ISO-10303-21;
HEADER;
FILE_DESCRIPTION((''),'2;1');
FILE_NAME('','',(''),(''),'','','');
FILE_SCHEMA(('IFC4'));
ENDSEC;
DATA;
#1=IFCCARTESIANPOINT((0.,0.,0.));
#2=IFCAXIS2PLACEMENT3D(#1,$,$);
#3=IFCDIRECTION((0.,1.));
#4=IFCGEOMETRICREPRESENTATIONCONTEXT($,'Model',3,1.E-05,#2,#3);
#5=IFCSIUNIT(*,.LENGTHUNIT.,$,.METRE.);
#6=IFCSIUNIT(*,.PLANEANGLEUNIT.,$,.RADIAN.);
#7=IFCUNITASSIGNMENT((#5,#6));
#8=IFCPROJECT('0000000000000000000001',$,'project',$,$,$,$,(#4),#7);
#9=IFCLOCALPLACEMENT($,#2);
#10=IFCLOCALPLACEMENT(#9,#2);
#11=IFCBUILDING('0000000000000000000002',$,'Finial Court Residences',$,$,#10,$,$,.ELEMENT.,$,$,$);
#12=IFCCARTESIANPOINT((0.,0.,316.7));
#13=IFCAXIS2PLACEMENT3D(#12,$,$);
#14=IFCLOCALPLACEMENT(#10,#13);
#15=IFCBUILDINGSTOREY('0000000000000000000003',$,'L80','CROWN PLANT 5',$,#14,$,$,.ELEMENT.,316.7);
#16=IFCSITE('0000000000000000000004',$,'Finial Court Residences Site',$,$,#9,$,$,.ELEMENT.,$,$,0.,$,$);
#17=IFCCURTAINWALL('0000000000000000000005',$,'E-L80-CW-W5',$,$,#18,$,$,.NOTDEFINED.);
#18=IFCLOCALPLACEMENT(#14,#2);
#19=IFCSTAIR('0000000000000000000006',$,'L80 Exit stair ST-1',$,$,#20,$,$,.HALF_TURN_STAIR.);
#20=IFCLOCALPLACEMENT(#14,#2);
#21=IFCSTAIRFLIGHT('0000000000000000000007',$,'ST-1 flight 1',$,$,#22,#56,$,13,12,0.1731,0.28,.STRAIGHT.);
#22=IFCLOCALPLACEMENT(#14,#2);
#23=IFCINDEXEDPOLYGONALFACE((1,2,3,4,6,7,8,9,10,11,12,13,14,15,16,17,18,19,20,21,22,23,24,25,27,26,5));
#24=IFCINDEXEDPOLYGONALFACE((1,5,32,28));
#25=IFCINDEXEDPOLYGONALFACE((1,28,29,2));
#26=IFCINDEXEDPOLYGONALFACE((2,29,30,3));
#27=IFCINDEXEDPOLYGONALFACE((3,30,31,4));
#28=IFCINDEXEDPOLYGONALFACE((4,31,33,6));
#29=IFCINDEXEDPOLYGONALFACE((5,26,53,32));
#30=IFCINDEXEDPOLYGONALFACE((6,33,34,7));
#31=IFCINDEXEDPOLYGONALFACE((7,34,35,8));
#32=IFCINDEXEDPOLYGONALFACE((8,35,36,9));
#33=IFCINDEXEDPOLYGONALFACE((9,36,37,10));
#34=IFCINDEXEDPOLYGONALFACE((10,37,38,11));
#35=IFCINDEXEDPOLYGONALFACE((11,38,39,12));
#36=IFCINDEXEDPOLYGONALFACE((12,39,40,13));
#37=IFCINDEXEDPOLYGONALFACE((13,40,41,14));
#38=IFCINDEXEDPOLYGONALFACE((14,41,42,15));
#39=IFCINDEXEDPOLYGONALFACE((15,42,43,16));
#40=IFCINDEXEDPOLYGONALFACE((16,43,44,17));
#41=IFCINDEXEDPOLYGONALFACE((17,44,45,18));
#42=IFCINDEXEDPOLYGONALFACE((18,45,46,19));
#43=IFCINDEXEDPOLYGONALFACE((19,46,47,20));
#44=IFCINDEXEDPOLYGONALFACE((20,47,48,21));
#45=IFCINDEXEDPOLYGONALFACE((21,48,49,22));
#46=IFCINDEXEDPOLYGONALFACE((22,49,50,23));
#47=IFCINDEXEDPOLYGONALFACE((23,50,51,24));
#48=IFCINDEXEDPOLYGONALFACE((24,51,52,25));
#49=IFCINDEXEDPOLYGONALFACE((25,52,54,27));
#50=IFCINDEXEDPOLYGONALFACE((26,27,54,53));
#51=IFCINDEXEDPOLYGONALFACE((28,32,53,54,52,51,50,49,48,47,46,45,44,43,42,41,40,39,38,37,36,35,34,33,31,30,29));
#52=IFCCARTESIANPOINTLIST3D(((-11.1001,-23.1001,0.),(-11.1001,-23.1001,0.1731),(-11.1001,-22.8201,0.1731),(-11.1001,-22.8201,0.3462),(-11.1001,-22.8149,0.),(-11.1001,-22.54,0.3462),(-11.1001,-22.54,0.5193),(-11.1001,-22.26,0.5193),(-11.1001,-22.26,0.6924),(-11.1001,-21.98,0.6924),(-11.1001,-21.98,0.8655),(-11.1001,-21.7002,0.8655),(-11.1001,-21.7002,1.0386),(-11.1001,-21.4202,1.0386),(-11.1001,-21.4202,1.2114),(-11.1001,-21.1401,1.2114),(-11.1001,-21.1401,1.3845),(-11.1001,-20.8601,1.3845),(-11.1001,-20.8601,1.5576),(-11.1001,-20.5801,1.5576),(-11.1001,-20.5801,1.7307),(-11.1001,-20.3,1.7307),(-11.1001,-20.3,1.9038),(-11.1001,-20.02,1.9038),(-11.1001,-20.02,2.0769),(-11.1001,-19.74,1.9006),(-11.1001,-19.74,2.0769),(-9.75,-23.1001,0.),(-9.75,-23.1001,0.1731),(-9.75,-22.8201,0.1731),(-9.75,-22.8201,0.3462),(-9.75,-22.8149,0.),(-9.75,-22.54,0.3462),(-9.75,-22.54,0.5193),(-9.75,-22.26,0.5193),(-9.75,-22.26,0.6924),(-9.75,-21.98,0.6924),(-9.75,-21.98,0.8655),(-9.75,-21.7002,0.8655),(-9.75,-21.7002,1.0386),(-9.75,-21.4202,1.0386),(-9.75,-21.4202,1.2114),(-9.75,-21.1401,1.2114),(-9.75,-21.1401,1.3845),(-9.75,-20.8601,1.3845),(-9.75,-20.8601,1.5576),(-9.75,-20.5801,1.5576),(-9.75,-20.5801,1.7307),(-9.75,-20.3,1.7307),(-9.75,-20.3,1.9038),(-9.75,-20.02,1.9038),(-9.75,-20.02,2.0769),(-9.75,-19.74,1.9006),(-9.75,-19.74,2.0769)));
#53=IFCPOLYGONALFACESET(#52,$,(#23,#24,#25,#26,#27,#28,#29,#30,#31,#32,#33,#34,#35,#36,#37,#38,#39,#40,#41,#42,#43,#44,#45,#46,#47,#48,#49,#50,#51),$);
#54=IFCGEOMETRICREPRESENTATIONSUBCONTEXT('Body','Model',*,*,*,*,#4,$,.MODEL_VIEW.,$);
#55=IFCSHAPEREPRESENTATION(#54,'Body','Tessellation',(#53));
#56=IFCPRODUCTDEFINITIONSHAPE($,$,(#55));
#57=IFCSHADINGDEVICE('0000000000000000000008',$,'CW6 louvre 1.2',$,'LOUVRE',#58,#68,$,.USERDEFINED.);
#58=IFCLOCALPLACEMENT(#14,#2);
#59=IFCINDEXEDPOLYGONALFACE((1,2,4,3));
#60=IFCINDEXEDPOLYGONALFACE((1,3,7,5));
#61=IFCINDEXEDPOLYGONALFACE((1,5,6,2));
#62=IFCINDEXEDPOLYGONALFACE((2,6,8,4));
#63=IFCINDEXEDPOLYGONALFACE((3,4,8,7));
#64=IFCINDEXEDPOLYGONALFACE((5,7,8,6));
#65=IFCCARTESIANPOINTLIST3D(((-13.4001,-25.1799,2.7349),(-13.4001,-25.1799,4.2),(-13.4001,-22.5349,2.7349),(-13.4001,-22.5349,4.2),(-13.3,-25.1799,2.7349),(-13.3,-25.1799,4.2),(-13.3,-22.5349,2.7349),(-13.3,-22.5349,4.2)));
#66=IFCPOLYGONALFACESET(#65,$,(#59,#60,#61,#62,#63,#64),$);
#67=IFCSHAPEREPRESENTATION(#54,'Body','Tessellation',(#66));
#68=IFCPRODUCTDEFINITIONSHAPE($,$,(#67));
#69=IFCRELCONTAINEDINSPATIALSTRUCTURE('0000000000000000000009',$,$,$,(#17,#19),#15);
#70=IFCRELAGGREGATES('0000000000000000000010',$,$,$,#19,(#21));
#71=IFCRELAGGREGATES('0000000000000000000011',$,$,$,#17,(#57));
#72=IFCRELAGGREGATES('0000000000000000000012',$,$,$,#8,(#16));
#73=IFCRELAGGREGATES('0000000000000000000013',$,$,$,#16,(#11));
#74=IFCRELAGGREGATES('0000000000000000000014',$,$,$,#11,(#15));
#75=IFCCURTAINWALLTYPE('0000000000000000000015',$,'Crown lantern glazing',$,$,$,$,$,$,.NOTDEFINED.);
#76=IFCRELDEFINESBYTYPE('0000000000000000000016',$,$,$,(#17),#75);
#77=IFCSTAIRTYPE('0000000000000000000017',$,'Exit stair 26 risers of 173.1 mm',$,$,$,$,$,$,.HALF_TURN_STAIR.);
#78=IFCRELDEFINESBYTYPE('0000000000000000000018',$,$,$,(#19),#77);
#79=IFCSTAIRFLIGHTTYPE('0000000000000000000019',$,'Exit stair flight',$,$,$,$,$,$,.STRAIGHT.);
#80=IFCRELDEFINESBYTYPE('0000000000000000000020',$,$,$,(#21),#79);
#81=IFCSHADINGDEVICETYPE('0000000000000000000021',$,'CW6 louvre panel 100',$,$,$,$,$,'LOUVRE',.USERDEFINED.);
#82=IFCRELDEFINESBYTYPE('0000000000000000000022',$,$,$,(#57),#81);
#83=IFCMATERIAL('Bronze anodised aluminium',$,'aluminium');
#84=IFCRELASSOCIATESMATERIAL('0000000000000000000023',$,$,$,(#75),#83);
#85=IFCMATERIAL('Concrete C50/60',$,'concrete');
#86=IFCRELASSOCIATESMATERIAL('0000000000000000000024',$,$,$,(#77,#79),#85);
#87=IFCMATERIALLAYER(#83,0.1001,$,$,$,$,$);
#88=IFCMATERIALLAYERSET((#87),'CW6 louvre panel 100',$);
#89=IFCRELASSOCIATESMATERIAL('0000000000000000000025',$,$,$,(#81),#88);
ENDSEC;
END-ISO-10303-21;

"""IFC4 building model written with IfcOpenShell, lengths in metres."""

from ifc_helpers import new_model, si_unit, direction, frame, origin, origin_2d, place, context, subcontext, project, spatial, polyline, rectangle, outline, extrude, material, layer, layer_set, type_object, element, aggregate, save


model = new_model("IFC4")

# Units and contexts
model_context = context("Model", 3, precision=1e-05, world=origin(), true_north=direction((0.0, 1.0)))
body_context = subcontext(model_context, "Body", "Model", "MODEL_VIEW")
ifc_project = project(units=[si_unit("LENGTHUNIT", "METRE"), si_unit("PLANEANGLEUNIT", "RADIAN")], contexts=[model_context])

# Site, building, storey
site_placement = place(None, origin())
site = spatial("IfcSite", under=ifc_project, at=site_placement, Name="Finial Court Residences Site", CompositionType="ELEMENT", RefElevation=0.0)
building_placement = place(site_placement, origin())
building = spatial("IfcBuilding", under=site, at=building_placement, Name="Finial Court Residences", CompositionType="ELEMENT")
storey_placement = place(building_placement, frame((0.0, 0.0, 316.7)))
storey = spatial("IfcBuildingStorey", under=building, at=storey_placement, Name="L80", Description="CROWN PLANT 5", CompositionType="ELEMENT", Elevation=316.7)

# Curtain wall
ifc_material_1 = material(Name="Bronze anodised aluminium", Category="aluminium")
curtain_wall_type = type_object("IfcCurtainWallType", Name="Crown lantern glazing", PredefinedType="NOTDEFINED", material=ifc_material_1)
curtain_wall_placement = place(storey_placement, origin())
curtain_wall = element("IfcCurtainWall", 1, at=curtain_wall_placement, inside=storey, type_object=curtain_wall_type, Name="E-L80-CW-W5", PredefinedType="NOTDEFINED")

# Shared definitions
ifc_material_2 = material(Name="Concrete C50/60", Category="concrete")

# Stair, stair flight
stair_type = type_object("IfcStairType", Name="Exit stair 26 risers of 173.1 mm", PredefinedType="HALF_TURN_STAIR", material=ifc_material_2)
stair_placement = place(storey_placement, origin())
stair = element("IfcStair", 2, at=stair_placement, inside=storey, type_object=stair_type, Name="L80 Exit stair ST-1", PredefinedType="HALF_TURN_STAIR")
stair_flight_type = type_object("IfcStairFlightType", Name="Exit stair flight", PredefinedType="STRAIGHT", material=ifc_material_2)
stair_flight_placement = place(storey_placement, frame((-10.425, -23.1001, 0.0), z_axis=(0.0, 0.0, 1.0), x_axis=(0.0, 1.0, 0.0)))
stair_flight = element("IfcStairFlight", 3, at=stair_flight_placement, type_object=stair_flight_type, Name="ST-1 flight 1", NumberOfRisers=13, NumberOfTreads=12, PredefinedType="STRAIGHT", RiserHeight=0.1731, TreadLength=0.28, context=body_context, shape_type="SweptSolid", body=[
    extrude(outline(polyline([(0.0, 0.0), (0.0, 0.1731), (0.28, 0.1731), (0.28, 0.3462), (0.5601, 0.3462), (0.5601, 0.5193), (0.8401, 0.5193), (0.8401, 0.6924), (1.1201, 0.6924), (1.1201, 0.8655), (1.3999, 0.8655), (1.3999, 1.0386), (1.6799, 1.0386), (1.6799, 1.2114), (1.96, 1.2114), (1.96, 1.3845), (2.24, 1.3845), (2.24, 1.5576), (2.52, 1.5576), (2.52, 1.7307), (2.8, 1.7307), (2.8, 1.9038), (3.0801, 1.9038), (3.0801, 2.0769), (3.3601, 2.0769), (3.3601, 2.25), (3.3601, 1.9006), (0.2852, 0.0), (0.0, 0.0)])), frame((0.0, 0.675, 0.0), z_axis=(0.0, -1.0, 0.0), x_axis=(1.0, 0.0, 0.0)), (0.0, 0.0, 1.0), 1.3501),
])
aggregate(stair, [stair_flight])

# Shading device
ifc_layer_1 = layer(ifc_material_1, 0.1001)
ifc_layer_set_1 = layer_set([ifc_layer_1], Name="CW6 louvre panel 100")
shading_device_type = type_object("IfcShadingDeviceType", Name="CW6 louvre panel 100", ElementType="LOUVRE", PredefinedType="USERDEFINED", material=ifc_layer_set_1)
shading_device_placement = place(storey_placement, frame((-13.3501, -23.8574, 2.7349), z_axis=(0.0, 0.0, 1.0), x_axis=(0.0, 1.0, 0.0)))
shading_device = element("IfcShadingDevice", 4, at=shading_device_placement, type_object=shading_device_type, Name="CW6 louvre 1.2", ObjectType="LOUVRE", PredefinedType="USERDEFINED", context=body_context, shape_type="SweptSolid", body=[
    extrude(rectangle(XDim=2.645, YDim=0.1001, at=origin_2d()), origin(), (0.0, 0.0, 1.0), 1.4651),
])
aggregate(curtain_wall, [shading_device])

save(model, "model.ifc")
